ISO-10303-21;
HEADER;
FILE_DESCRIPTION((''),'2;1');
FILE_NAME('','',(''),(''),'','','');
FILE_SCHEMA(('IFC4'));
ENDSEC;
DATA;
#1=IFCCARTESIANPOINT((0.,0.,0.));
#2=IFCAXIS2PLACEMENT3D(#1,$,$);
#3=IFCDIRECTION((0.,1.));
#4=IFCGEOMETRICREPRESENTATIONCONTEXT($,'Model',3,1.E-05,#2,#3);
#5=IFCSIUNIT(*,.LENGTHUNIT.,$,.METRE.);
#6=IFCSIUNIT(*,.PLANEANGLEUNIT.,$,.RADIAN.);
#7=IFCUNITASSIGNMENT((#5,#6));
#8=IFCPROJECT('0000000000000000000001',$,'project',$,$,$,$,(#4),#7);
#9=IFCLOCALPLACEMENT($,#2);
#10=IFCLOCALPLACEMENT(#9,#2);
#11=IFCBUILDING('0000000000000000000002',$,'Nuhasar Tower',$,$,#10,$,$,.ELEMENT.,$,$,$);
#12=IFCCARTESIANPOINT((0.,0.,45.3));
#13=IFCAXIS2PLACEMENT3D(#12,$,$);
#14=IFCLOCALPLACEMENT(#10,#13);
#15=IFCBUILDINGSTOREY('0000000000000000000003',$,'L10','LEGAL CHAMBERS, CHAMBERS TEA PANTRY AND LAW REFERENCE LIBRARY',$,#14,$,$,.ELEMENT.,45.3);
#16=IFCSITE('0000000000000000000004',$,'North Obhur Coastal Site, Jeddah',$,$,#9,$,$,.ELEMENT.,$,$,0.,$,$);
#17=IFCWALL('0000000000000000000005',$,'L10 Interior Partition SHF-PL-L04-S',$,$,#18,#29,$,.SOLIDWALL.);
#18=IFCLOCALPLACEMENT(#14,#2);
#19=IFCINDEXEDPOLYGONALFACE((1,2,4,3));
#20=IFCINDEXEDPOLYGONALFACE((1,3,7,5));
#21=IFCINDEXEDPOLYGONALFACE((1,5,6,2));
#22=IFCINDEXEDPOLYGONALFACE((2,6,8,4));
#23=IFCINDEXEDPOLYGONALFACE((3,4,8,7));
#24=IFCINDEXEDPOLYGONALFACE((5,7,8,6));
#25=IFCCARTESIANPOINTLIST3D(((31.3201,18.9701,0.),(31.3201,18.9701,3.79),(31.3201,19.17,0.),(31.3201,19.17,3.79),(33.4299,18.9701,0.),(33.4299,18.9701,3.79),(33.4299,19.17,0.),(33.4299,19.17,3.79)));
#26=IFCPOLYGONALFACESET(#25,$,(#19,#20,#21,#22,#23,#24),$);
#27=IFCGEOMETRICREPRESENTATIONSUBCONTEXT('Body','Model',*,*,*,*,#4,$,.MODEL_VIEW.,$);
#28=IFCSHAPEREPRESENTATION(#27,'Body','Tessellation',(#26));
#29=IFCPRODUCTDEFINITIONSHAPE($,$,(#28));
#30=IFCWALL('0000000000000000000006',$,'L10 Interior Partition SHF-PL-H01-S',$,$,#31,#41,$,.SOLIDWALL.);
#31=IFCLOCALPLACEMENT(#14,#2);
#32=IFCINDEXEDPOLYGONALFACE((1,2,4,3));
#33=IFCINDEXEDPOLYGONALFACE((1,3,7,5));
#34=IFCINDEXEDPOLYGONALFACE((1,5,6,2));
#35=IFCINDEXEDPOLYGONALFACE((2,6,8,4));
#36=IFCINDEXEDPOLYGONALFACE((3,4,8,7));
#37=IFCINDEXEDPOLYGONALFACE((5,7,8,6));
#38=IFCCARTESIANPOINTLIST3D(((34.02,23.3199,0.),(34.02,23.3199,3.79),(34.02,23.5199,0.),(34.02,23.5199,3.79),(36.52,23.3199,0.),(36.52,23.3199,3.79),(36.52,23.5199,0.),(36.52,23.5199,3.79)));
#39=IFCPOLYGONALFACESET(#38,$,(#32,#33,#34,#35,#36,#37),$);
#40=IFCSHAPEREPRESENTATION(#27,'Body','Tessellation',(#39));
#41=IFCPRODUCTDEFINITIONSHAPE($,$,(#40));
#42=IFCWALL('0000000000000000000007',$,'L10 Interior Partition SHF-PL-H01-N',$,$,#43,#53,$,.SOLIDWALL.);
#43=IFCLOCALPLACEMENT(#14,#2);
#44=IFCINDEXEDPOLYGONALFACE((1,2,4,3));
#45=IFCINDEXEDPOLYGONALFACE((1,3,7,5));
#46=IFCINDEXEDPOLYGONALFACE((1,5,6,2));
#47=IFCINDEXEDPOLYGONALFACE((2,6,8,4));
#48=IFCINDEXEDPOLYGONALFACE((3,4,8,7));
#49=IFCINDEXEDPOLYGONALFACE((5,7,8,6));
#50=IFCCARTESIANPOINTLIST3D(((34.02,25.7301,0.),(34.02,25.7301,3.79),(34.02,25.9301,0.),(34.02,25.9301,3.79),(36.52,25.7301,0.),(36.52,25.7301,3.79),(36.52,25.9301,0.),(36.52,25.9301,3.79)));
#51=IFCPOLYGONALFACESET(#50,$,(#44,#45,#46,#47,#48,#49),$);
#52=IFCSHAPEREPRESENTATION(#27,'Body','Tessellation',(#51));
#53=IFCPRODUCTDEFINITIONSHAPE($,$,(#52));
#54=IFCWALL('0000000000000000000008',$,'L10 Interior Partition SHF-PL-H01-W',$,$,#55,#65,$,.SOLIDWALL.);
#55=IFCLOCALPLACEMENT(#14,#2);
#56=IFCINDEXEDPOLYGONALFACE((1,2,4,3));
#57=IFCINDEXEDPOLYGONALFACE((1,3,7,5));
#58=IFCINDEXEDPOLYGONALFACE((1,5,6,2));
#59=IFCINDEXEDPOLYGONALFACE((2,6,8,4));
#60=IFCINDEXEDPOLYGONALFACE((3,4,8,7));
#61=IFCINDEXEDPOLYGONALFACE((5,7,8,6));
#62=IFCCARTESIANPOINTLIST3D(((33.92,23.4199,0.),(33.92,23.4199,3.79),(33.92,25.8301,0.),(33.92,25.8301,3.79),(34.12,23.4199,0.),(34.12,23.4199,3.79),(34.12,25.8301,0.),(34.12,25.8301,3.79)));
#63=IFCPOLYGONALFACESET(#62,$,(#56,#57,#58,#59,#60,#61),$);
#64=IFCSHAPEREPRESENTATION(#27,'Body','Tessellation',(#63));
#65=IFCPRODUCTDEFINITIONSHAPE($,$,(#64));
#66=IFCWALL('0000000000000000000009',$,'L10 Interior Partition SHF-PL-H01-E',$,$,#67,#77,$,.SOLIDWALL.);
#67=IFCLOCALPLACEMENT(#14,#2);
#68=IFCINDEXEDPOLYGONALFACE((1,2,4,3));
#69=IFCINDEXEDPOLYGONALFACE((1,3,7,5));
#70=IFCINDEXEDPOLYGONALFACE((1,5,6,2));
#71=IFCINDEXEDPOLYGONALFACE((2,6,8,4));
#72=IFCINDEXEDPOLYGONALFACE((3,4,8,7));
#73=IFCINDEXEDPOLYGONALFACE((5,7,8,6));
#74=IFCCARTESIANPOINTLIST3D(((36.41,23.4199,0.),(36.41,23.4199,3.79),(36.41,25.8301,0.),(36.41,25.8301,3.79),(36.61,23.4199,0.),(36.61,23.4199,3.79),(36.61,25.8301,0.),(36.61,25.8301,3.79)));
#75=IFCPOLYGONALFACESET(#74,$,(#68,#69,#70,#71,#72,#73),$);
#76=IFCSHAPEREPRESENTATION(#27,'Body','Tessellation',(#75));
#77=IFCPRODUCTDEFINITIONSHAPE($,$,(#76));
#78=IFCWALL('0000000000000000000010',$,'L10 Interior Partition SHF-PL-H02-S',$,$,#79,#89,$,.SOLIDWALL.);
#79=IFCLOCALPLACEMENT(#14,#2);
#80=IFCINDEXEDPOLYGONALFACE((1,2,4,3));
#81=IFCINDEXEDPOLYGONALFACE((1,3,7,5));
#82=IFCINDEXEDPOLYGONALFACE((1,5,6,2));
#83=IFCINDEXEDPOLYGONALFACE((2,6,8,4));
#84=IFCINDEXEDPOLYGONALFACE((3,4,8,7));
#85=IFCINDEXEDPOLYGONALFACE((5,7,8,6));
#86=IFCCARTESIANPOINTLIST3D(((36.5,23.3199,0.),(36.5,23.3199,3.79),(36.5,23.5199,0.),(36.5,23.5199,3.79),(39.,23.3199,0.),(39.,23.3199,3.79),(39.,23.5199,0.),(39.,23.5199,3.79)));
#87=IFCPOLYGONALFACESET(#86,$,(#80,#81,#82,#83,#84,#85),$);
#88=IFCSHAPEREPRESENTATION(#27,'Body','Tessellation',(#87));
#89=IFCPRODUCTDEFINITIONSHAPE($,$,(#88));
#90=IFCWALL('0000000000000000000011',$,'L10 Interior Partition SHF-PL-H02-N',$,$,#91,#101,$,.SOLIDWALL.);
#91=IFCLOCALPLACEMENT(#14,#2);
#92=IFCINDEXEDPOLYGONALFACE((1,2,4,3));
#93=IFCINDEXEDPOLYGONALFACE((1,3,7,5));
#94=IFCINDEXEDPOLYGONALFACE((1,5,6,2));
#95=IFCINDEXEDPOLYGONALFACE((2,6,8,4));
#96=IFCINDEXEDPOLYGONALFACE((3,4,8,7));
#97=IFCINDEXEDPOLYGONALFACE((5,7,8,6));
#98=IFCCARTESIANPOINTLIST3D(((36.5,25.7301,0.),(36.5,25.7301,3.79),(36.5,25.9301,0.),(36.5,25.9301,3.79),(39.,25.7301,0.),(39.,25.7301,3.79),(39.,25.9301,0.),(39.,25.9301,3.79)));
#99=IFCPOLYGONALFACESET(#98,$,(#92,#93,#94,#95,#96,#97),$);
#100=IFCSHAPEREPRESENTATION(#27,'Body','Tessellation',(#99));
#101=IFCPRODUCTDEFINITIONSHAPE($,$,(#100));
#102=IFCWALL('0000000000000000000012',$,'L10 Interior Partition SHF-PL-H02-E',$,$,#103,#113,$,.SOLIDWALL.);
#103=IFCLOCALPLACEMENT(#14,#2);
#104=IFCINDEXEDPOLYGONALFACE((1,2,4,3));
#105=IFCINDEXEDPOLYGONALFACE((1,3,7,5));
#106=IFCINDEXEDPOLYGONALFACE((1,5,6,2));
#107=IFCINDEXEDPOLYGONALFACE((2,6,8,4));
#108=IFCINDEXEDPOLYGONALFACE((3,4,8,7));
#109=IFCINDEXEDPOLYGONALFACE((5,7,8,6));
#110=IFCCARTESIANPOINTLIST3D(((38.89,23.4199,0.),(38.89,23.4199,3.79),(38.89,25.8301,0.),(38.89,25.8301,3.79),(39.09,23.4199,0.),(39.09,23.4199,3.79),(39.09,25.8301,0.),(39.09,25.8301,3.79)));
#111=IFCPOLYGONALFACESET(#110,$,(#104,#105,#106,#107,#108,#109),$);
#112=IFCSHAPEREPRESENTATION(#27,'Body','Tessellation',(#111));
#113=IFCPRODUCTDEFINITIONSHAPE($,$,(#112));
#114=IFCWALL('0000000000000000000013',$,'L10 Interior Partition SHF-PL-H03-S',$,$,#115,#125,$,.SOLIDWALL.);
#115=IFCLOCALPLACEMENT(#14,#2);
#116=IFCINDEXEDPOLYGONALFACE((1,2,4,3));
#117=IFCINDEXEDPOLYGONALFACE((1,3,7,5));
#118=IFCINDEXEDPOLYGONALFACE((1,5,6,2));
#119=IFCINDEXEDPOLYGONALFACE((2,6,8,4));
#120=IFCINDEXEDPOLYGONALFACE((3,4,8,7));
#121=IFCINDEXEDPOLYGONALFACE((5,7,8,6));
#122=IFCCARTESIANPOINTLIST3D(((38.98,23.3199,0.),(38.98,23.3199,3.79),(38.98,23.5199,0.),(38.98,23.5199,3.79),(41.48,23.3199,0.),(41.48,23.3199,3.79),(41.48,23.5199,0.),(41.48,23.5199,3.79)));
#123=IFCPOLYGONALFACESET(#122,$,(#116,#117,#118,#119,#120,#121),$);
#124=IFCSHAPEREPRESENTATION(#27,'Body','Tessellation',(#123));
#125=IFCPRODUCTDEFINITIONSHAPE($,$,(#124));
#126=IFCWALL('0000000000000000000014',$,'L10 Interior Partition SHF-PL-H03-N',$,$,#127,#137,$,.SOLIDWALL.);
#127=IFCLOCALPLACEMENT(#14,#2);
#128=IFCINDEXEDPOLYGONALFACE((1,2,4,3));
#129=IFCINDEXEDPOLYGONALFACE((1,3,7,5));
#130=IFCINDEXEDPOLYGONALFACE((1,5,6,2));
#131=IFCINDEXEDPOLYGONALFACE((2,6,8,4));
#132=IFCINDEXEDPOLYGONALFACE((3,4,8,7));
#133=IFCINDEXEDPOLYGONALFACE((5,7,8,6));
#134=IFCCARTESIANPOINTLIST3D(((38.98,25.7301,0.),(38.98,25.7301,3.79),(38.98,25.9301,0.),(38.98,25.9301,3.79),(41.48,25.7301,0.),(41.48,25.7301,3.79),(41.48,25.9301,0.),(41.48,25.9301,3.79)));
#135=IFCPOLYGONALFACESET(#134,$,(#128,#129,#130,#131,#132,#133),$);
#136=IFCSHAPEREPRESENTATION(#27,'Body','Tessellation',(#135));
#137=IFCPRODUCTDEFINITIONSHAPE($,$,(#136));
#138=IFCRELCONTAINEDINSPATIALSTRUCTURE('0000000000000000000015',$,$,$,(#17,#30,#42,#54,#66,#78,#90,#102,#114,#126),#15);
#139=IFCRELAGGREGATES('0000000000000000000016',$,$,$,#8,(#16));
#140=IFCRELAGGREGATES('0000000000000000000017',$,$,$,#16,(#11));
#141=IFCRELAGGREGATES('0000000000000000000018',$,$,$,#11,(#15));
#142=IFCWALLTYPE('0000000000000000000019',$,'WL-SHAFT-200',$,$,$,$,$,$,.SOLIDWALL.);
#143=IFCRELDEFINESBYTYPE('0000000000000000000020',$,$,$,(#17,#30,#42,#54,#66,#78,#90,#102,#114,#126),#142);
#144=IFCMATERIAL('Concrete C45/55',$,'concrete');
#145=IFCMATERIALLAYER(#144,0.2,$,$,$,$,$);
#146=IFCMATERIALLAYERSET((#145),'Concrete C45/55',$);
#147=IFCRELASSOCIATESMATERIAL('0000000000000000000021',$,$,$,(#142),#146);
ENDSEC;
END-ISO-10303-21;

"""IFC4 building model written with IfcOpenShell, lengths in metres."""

from ifc_helpers import new_model, si_unit, direction, frame, frame_2d, origin, place, context, subcontext, project, spatial, rectangle, extrude, material, layer, layer_set, type_object, element, save


model = new_model("IFC4")

# Units and contexts
model_context = context("Model", 3, precision=1e-05, world=origin(), true_north=direction((0.0, 1.0)))
body_context = subcontext(model_context, "Body", "Model", "MODEL_VIEW")
ifc_project = project(units=[si_unit("LENGTHUNIT", "METRE"), si_unit("PLANEANGLEUNIT", "RADIAN")], contexts=[model_context])

# Site, building, storey
site_placement = place(None, origin())
site = spatial("IfcSite", under=ifc_project, at=site_placement, Name="North Obhur Coastal Site, Jeddah", CompositionType="ELEMENT", RefElevation=0.0)
building_placement = place(site_placement, origin())
building = spatial("IfcBuilding", under=site, at=building_placement, Name="Nuhasar Tower", CompositionType="ELEMENT")
storey_placement = place(building_placement, frame((0.0, 0.0, 45.3)))
storey = spatial("IfcBuildingStorey", under=building, at=storey_placement, Name="L10", Description="LEGAL CHAMBERS, CHAMBERS TEA PANTRY AND LAW REFERENCE LIBRARY", CompositionType="ELEMENT", Elevation=45.3)

# Shared definitions
ifc_material_1 = material(Name="Concrete C45/55", Category="concrete")
ifc_layer_1 = layer(ifc_material_1, 0.2)
ifc_layer_set_1 = layer_set([ifc_layer_1], Name="Concrete C45/55")
wall_type_1 = type_object("IfcWallType", Name="WL-SHAFT-200", PredefinedType="SOLIDWALL", material=ifc_layer_set_1)

# Wall
wall_1_placement = place(storey_placement, frame((31.3201, 19.0701, 0.0), z_axis=(0.0, 0.0, 1.0), x_axis=(1.0, 0.0, 0.0)))
element("IfcWall", 1, at=wall_1_placement, inside=storey, type_object=wall_type_1, Name="L10 Interior Partition SHF-PL-L04-S", PredefinedType="SOLIDWALL", context=body_context, shape_type="SweptSolid", body=[
    extrude(rectangle(XDim=2.1099, YDim=0.2, at=frame_2d((1.0549, 0.0))), origin(), (0.0, 0.0, 1.0), 3.79),
])

# Walls
for number, where, z_axis, x_axis, name in (
    (2, (34.02, 23.4199, 0.0), (0.0, 0.0, 1.0), (1.0, 0.0, 0.0), "L10 Interior Partition SHF-PL-H01-S"),
    (3, (34.02, 25.8301, 0.0), (0.0, 0.0, 1.0), (1.0, 0.0, 0.0), "L10 Interior Partition SHF-PL-H01-N"),
):
    element("IfcWall", number, at=place(storey_placement, frame(where, z_axis=z_axis, x_axis=x_axis)), inside=storey, type_object=wall_type_1, Name=name, PredefinedType="SOLIDWALL", context=body_context, shape_type="SweptSolid", body=[
        extrude(rectangle(XDim=2.5, YDim=0.2, at=frame_2d((1.25, 0.0))), origin(), (0.0, 0.0, 1.0), 3.79),
    ])
for number, where, z_axis, x_axis, name in (
    (4, (34.02, 23.4199, 0.0), (0.0, 0.0, 1.0), (0.0, 1.0, 0.0), "L10 Interior Partition SHF-PL-H01-W"),
    (5, (36.51, 23.4199, 0.0), (0.0, 0.0, 1.0), (0.0, 1.0, 0.0), "L10 Interior Partition SHF-PL-H01-E"),
):
    element("IfcWall", number, at=place(storey_placement, frame(where, z_axis=z_axis, x_axis=x_axis)), inside=storey, type_object=wall_type_1, Name=name, PredefinedType="SOLIDWALL", context=body_context, shape_type="SweptSolid", body=[
        extrude(rectangle(XDim=2.4102, YDim=0.2, at=frame_2d((1.2051, 0.0))), origin(), (0.0, 0.0, 1.0), 3.79),
    ])
for number, where, z_axis, x_axis, name in (
    (6, (36.5, 23.4199, 0.0), (0.0, 0.0, 1.0), (1.0, 0.0, 0.0), "L10 Interior Partition SHF-PL-H02-S"),
    (7, (36.5, 25.8301, 0.0), (0.0, 0.0, 1.0), (1.0, 0.0, 0.0), "L10 Interior Partition SHF-PL-H02-N"),
):
    element("IfcWall", number, at=place(storey_placement, frame(where, z_axis=z_axis, x_axis=x_axis)), inside=storey, type_object=wall_type_1, Name=name, PredefinedType="SOLIDWALL", context=body_context, shape_type="SweptSolid", body=[
        extrude(rectangle(XDim=2.5, YDim=0.2, at=frame_2d((1.25, 0.0))), origin(), (0.0, 0.0, 1.0), 3.79),
    ])
wall_2_placement = place(storey_placement, frame((38.99, 23.4199, 0.0), z_axis=(0.0, 0.0, 1.0), x_axis=(0.0, 1.0, 0.0)))
element("IfcWall", 8, at=wall_2_placement, inside=storey, type_object=wall_type_1, Name="L10 Interior Partition SHF-PL-H02-E", PredefinedType="SOLIDWALL", context=body_context, shape_type="SweptSolid", body=[
    extrude(rectangle(XDim=2.4102, YDim=0.2, at=frame_2d((1.2051, 0.0))), origin(), (0.0, 0.0, 1.0), 3.79),
])
for number, where, z_axis, x_axis, name in (
    (9, (38.98, 23.4199, 0.0), (0.0, 0.0, 1.0), (1.0, 0.0, 0.0), "L10 Interior Partition SHF-PL-H03-S"),
    (10, (38.98, 25.8301, 0.0), (0.0, 0.0, 1.0), (1.0, 0.0, 0.0), "L10 Interior Partition SHF-PL-H03-N"),
):
    element("IfcWall", number, at=place(storey_placement, frame(where, z_axis=z_axis, x_axis=x_axis)), inside=storey, type_object=wall_type_1, Name=name, PredefinedType="SOLIDWALL", context=body_context, shape_type="SweptSolid", body=[
        extrude(rectangle(XDim=2.5, YDim=0.2, at=frame_2d((1.25, 0.0))), origin(), (0.0, 0.0, 1.0), 3.79),
    ])

save(model, "model.ifc")
